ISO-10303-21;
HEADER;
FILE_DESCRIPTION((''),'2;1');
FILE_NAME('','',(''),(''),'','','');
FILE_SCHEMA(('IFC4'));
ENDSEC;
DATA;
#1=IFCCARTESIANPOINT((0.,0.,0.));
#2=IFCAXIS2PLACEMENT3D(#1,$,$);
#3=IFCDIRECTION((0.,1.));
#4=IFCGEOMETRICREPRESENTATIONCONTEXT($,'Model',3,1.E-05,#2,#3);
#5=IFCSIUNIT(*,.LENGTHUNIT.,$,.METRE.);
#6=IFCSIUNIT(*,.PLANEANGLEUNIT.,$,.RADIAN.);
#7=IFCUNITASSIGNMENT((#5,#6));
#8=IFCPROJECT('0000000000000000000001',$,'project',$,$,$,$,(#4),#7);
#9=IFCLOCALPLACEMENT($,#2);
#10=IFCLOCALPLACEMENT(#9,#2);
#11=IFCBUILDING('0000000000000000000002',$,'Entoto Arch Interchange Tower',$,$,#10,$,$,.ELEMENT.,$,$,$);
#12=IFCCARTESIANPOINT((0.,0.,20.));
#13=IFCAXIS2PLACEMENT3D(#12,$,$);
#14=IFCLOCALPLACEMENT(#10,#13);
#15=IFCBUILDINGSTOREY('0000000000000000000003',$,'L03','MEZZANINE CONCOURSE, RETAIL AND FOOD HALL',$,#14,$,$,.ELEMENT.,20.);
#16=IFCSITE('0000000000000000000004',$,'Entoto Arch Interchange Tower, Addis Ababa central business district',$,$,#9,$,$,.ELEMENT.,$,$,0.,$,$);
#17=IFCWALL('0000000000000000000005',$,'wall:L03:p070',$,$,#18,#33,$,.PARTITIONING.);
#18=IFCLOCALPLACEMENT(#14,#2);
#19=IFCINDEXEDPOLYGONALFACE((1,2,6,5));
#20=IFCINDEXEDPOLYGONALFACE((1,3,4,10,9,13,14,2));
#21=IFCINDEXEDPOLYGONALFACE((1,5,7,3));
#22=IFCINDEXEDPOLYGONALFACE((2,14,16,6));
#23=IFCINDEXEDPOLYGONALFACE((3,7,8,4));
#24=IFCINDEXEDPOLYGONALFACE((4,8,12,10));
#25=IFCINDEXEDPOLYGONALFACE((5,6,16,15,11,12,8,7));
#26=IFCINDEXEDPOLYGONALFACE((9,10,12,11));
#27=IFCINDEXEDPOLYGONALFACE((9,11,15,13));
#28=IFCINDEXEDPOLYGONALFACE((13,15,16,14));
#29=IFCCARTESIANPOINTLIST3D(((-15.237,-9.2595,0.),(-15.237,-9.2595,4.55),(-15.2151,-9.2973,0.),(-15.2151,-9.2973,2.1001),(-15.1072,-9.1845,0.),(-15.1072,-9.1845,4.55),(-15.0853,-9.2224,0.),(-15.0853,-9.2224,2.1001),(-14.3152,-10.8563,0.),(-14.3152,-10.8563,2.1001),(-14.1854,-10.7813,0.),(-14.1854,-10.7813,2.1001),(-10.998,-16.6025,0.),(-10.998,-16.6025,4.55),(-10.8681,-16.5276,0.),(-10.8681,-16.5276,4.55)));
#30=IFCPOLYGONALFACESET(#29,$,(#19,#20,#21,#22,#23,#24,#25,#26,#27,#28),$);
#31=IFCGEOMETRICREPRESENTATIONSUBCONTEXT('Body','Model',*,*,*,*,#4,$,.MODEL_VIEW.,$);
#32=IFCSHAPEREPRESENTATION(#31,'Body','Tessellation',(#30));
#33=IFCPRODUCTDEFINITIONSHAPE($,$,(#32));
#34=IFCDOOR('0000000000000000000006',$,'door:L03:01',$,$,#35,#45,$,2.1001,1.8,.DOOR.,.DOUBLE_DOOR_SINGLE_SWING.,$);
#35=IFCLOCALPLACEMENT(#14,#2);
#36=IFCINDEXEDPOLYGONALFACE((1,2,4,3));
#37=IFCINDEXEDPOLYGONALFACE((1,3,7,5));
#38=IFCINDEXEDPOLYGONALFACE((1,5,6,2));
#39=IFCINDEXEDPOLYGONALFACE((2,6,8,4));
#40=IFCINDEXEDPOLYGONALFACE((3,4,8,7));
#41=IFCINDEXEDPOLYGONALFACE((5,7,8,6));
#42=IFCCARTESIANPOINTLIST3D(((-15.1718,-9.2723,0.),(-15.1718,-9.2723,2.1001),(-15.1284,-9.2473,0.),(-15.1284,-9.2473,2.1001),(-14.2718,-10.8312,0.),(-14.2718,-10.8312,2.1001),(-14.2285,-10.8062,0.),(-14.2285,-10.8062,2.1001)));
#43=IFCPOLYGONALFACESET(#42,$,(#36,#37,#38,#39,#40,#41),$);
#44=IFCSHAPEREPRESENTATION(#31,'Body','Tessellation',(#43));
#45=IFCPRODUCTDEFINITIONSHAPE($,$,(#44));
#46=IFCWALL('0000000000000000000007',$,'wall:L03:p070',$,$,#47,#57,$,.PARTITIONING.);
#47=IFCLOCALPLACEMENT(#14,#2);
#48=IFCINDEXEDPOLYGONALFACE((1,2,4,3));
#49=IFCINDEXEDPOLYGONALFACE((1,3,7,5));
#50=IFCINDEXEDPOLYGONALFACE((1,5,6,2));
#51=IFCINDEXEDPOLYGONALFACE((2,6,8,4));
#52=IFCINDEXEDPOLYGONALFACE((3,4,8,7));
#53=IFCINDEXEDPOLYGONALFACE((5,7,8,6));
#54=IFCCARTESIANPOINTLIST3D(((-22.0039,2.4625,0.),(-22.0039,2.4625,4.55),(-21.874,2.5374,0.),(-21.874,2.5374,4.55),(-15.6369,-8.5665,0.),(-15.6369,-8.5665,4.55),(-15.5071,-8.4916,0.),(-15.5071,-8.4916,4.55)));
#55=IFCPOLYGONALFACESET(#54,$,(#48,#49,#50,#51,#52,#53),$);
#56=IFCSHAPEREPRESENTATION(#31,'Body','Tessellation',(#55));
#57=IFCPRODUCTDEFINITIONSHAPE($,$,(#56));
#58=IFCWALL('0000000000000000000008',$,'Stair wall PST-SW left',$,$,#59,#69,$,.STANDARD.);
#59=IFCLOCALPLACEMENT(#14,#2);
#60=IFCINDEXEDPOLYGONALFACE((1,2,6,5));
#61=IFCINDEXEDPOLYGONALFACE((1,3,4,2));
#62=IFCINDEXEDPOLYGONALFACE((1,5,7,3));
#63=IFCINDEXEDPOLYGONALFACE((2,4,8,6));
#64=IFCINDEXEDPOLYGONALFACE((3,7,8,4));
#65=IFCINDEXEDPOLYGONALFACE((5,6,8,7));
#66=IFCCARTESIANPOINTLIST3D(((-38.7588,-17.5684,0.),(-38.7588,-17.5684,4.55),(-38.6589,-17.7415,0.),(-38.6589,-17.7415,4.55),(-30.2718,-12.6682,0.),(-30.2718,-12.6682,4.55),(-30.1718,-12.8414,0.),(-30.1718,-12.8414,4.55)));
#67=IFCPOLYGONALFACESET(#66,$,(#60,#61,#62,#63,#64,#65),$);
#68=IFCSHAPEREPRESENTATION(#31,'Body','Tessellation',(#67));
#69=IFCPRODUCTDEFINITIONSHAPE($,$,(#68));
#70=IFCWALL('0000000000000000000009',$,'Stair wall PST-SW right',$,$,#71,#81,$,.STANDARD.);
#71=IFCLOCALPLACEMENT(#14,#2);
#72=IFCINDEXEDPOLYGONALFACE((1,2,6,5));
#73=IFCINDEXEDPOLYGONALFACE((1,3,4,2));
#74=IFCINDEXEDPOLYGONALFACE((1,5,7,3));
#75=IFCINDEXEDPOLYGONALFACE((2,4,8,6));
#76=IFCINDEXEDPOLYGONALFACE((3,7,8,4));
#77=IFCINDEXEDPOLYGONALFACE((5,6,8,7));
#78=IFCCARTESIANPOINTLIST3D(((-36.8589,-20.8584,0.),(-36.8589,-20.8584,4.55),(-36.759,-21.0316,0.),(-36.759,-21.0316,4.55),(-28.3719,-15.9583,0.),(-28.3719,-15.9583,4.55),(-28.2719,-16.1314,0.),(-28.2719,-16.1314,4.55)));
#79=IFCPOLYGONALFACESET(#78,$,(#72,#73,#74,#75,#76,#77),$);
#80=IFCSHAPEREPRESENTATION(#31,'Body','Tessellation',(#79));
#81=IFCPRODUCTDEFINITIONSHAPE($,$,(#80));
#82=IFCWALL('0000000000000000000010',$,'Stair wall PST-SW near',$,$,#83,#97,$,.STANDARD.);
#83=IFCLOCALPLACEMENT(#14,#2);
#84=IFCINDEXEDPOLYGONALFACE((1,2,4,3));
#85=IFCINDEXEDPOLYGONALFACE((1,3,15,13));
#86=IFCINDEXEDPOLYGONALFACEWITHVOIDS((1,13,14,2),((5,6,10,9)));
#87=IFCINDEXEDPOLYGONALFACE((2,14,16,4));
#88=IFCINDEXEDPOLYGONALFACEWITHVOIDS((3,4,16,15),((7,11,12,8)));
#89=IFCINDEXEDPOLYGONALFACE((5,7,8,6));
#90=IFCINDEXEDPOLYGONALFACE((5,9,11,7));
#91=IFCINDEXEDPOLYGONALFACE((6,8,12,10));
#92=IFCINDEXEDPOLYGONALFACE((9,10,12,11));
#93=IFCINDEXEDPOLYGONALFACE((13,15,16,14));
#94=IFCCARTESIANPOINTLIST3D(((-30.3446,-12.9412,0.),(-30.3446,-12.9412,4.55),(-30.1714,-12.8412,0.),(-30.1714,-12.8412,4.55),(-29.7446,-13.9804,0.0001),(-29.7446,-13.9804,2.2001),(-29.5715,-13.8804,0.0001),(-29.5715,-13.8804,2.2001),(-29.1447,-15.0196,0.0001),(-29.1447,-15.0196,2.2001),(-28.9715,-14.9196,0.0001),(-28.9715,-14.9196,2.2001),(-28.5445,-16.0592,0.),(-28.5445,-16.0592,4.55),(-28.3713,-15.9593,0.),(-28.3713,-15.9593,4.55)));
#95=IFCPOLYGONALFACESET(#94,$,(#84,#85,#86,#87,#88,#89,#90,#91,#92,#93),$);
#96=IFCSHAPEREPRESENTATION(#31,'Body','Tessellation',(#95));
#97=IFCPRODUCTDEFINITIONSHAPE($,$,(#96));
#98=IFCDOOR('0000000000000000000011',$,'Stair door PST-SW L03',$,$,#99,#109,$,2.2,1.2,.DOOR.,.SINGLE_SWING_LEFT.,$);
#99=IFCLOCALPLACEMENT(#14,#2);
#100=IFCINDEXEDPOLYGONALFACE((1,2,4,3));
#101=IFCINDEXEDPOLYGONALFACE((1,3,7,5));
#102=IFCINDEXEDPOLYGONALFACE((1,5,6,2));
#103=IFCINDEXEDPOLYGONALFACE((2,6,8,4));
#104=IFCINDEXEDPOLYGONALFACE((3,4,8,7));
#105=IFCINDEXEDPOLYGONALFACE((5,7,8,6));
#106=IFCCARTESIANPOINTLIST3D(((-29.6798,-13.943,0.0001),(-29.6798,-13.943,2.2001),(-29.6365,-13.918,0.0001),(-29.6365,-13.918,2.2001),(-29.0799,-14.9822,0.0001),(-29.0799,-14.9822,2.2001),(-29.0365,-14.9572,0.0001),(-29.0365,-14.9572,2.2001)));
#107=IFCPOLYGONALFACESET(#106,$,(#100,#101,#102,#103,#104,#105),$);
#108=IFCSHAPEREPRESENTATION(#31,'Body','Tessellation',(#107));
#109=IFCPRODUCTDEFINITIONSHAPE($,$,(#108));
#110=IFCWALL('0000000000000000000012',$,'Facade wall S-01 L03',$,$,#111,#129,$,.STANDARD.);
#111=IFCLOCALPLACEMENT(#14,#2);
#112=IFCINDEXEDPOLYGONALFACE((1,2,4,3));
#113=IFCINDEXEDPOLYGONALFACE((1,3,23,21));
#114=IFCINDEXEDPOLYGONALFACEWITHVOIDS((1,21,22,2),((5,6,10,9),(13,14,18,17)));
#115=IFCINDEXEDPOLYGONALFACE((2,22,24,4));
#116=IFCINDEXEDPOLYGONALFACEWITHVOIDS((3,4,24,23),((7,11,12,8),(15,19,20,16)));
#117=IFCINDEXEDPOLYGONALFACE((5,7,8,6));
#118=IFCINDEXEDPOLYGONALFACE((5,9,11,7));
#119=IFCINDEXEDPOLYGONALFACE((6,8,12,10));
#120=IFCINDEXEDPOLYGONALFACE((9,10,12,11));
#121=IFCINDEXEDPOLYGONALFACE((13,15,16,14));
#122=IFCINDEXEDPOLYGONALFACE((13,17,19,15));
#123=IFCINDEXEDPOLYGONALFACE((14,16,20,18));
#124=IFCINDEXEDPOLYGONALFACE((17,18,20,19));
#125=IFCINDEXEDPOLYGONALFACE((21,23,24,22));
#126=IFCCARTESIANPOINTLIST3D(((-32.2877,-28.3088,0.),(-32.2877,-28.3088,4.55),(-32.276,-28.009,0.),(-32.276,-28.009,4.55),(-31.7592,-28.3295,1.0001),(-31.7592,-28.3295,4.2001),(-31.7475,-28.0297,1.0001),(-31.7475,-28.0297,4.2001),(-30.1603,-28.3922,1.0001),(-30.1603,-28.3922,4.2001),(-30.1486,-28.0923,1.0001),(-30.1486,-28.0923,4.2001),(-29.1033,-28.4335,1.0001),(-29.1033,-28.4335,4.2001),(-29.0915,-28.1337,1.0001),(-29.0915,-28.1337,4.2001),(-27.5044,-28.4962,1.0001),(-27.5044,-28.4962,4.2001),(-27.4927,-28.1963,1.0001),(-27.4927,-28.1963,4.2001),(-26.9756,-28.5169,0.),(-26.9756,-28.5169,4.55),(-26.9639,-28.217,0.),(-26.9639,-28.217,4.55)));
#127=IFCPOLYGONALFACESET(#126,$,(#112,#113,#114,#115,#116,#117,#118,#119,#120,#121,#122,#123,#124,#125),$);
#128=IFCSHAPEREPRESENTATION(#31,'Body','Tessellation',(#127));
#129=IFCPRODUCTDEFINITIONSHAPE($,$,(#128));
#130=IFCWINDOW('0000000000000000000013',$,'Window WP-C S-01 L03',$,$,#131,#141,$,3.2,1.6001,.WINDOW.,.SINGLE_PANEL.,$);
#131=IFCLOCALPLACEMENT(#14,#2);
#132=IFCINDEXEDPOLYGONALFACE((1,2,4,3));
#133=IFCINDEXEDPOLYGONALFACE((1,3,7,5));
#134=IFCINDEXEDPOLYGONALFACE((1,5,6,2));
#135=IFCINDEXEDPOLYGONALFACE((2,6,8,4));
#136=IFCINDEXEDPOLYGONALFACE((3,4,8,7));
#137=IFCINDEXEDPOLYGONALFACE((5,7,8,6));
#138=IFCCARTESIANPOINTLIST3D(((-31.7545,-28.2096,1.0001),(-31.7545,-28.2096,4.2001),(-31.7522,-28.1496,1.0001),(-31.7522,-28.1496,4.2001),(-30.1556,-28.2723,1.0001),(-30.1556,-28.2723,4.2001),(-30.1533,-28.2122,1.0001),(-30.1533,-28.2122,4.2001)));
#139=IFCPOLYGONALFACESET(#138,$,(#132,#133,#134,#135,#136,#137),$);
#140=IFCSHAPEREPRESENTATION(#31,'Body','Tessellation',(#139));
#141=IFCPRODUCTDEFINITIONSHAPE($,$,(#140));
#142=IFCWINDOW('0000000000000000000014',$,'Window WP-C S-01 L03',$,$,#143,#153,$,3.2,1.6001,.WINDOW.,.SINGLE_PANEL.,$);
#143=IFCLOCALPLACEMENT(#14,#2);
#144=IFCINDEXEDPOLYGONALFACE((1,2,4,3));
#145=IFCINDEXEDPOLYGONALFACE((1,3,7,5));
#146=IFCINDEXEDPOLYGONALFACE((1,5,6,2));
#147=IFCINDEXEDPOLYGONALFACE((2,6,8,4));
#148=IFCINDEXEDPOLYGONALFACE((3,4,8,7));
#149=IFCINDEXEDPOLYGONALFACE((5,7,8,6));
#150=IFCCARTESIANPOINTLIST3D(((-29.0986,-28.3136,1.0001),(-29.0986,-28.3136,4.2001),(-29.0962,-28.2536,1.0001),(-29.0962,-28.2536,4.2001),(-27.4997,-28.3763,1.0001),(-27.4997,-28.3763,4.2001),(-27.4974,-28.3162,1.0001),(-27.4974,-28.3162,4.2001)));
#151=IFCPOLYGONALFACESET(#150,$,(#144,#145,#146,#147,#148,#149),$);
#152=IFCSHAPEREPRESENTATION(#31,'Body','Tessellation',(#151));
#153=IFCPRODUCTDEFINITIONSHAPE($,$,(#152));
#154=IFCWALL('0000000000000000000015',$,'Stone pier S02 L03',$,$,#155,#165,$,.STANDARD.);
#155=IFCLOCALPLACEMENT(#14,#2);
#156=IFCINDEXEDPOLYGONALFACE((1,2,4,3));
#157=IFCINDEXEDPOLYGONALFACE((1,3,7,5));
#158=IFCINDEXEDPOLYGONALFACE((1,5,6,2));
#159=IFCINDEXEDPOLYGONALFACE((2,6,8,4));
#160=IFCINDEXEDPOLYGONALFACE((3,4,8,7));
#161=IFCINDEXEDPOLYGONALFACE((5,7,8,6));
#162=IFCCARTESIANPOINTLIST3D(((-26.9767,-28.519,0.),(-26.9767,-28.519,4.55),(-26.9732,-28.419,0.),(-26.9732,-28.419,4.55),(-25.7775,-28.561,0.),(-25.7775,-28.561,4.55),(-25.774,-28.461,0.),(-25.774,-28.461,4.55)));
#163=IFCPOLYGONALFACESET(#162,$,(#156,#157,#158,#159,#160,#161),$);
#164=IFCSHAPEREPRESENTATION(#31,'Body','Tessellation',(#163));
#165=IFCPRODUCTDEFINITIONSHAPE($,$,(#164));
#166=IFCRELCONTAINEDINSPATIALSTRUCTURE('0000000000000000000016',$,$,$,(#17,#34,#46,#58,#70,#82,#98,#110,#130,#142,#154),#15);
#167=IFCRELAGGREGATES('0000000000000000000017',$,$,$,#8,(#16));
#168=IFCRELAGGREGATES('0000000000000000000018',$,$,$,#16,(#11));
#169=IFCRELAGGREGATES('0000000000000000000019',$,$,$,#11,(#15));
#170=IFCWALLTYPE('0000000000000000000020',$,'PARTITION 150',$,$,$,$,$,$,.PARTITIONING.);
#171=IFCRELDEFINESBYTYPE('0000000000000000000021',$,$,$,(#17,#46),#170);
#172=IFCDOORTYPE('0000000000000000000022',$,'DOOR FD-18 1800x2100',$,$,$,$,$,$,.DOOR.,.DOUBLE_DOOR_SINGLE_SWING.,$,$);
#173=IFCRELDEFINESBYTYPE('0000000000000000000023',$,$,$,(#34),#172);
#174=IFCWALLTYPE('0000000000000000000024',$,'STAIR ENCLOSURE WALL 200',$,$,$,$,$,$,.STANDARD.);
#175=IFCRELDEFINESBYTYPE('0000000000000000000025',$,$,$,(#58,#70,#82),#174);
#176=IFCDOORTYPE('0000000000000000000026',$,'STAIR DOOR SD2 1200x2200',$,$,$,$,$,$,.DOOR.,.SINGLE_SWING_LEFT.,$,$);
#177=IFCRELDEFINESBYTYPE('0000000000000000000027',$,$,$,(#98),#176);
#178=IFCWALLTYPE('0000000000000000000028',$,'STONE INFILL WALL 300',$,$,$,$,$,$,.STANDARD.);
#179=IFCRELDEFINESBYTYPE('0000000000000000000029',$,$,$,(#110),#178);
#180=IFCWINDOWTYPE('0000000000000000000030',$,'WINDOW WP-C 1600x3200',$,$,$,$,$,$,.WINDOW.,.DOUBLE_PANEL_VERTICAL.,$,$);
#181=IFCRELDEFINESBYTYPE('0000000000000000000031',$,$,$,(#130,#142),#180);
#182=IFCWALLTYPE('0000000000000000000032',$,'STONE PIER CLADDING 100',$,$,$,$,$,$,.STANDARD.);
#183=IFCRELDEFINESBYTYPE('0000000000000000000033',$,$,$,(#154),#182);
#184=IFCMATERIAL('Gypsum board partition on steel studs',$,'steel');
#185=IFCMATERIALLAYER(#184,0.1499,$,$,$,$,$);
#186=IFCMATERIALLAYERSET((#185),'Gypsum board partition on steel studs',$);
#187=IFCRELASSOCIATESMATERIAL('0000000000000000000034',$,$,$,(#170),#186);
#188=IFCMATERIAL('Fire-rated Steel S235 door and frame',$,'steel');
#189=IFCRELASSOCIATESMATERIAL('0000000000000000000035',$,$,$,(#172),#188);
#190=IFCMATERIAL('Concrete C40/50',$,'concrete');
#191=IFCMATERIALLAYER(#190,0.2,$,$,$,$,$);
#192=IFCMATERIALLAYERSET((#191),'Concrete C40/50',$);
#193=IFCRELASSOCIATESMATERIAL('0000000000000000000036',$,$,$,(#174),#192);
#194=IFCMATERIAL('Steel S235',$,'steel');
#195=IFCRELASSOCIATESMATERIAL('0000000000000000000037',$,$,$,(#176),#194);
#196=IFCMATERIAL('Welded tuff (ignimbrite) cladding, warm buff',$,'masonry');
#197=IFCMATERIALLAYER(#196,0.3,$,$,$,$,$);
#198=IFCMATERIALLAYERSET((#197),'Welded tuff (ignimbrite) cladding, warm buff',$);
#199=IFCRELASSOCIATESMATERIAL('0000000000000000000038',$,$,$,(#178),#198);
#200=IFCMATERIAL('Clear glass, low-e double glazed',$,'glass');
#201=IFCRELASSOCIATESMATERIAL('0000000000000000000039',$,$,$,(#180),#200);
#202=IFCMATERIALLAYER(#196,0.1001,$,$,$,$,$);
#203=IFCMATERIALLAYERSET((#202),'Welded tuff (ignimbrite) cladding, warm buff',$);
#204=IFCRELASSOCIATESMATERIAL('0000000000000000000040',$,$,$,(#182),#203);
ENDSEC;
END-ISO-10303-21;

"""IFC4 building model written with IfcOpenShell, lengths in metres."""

from ifc_helpers import new_model, si_unit, direction, frame, frame_2d, origin, place, context, subcontext, project, spatial, rectangle, extrude, material, layer, layer_set, type_object, element, fill, save


model = new_model("IFC4")

# Units and contexts
model_context = context("Model", 3, precision=1e-05, world=origin(), true_north=direction((0.0, 1.0)))
body_context = subcontext(model_context, "Body", "Model", "MODEL_VIEW")
ifc_project = project(units=[si_unit("LENGTHUNIT", "METRE"), si_unit("PLANEANGLEUNIT", "RADIAN")], contexts=[model_context])

# Site, building, storey
site_placement = place(None, origin())
site = spatial("IfcSite", under=ifc_project, at=site_placement, Name="Entoto Arch Interchange Tower, Addis Ababa central business district", CompositionType="ELEMENT", RefElevation=0.0)
building_placement = place(site_placement, origin())
building = spatial("IfcBuilding", under=site, at=building_placement, Name="Entoto Arch Interchange Tower", CompositionType="ELEMENT")
storey_placement = place(building_placement, frame((0.0, 0.0, 20.0)))
storey = spatial("IfcBuildingStorey", under=building, at=storey_placement, Name="L03", Description="MEZZANINE CONCOURSE, RETAIL AND FOOD HALL", CompositionType="ELEMENT", Elevation=20.0)

# Shared definitions
ifc_material_1 = material(Name="Gypsum board partition on steel studs", Category="steel")
ifc_layer_1 = layer(ifc_material_1, 0.1499)
ifc_layer_set_1 = layer_set([ifc_layer_1], Name="Gypsum board partition on steel studs")
wall_type_1 = type_object("IfcWallType", Name="PARTITION 150", PredefinedType="PARTITIONING", material=ifc_layer_set_1)

# Wall, opening, door
wall_1_placement = place(storey_placement, frame((-10.9331, -16.5649, 0.0), z_axis=(0.0, 0.0, 1.0), x_axis=(-0.499958, 0.86605, 0.0)))
wall_1 = element("IfcWall", 1, at=wall_1_placement, inside=storey, type_object=wall_type_1, Name="wall:L03:p070", PredefinedType="PARTITIONING", context=body_context, shape_type="SweptSolid", body=[
    extrude(rectangle(XDim=8.4788, YDim=0.1499, at=frame_2d((4.2393, 0.0))), origin(), (0.0, 0.0, 1.0), 4.55),
])
opening_1_placement = place(wall_1_placement, frame((6.635, 0.0, 0.0)))
opening_1 = element("IfcOpeningElement", 2, at=opening_1_placement, cuts=wall_1, PredefinedType="OPENING", context=body_context, shape_type="SweptSolid", body=[
    extrude(rectangle(XDim=1.8, YDim=2.1001, at=frame_2d((0.8999, 1.05))), frame((0.0, 0.085, 0.0), z_axis=(0.0, -1.0, 0.0), x_axis=(1.0, 0.0, 0.0)), (0.0, 0.0, 1.0), 0.1699),
])
ifc_material_2 = material(Name="Fire-rated Steel S235 door and frame", Category="steel")
door_type_1 = type_object("IfcDoorType", Name="DOOR FD-18 1800x2100", OperationType="DOUBLE_DOOR_SINGLE_SWING", PredefinedType="DOOR", material=ifc_material_2)
door_1_placement = place(opening_1_placement, origin())
door_1 = element("IfcDoor", 3, at=door_1_placement, inside=storey, type_object=door_type_1, Name="door:L03:01", OperationType="DOUBLE_DOOR_SINGLE_SWING", OverallHeight=2.1001, OverallWidth=1.8, PredefinedType="DOOR", context=body_context, shape_type="SweptSolid", body=[
    extrude(rectangle(XDim=1.8, YDim=2.1001, at=frame_2d((0.8999, 1.05))), frame((0.0, 0.0249, 0.0), z_axis=(0.0, -1.0, 0.0), x_axis=(1.0, 0.0, 0.0)), (0.0, 0.0, 1.0), 0.05),
])
fill(opening_1, door_1)

# Walls
wall_2_placement = place(storey_placement, frame((-15.572, -8.5291, 0.0), z_axis=(0.0, 0.0, 1.0), x_axis=(-0.49996, 0.866049, 0.0)))
element("IfcWall", 4, at=wall_2_placement, inside=storey, type_object=wall_type_1, Name="wall:L03:p070", PredefinedType="PARTITIONING", context=body_context, shape_type="SweptSolid", body=[
    extrude(rectangle(XDim=12.7349, YDim=0.1499, at=frame_2d((6.3674, 0.0))), origin(), (0.0, 0.0, 1.0), 4.55),
])
ifc_material_3 = material(Name="Concrete C40/50", Category="concrete")
ifc_layer_2 = layer(ifc_material_3, 0.2)
ifc_layer_set_2 = layer_set([ifc_layer_2], Name="Concrete C40/50")
wall_type_2 = type_object("IfcWallType", Name="STAIR ENCLOSURE WALL 200", PredefinedType="STANDARD", material=ifc_layer_set_2)
for number, where, z_axis, x_axis, name in (
    (5, (-30.2219, -12.7549, 0.0), (0.0, 0.0, 1.0), (-0.866019, -0.500011, 0.0), "Stair wall PST-SW left"),
    (6, (-28.322, -16.0449, 0.0), (0.0, 0.0, 1.0), (-0.866019, -0.500011, 0.0), "Stair wall PST-SW right"),
):
    element("IfcWall", number, at=place(storey_placement, frame(where, z_axis=z_axis, x_axis=x_axis)), inside=storey, type_object=wall_type_2, Name=name, PredefinedType="STANDARD", context=body_context, shape_type="SweptSolid", body=[
        extrude(rectangle(XDim=9.8, YDim=0.2, at=frame_2d((4.8999, 0.0))), origin(), (0.0, 0.0, 1.0), 4.55),
    ])

# Wall, opening, door
wall_3_placement = place(storey_placement, frame((-30.2581, -12.8911, 0.0), z_axis=(0.0, 0.0, 1.0), x_axis=(0.499983, -0.866035, 0.0)))
wall_3 = element("IfcWall", 7, at=wall_3_placement, inside=storey, type_object=wall_type_2, Name="Stair wall PST-SW near", PredefinedType="STANDARD", context=body_context, shape_type="SweptSolid", body=[
    extrude(rectangle(XDim=3.6003, YDim=0.2, at=frame_2d((1.8003, 0.0))), origin(), (0.0, 0.0, 1.0), 4.55),
])
opening_2_placement = place(wall_3_placement, frame((1.2, 0.0, 0.0)))
opening_2 = element("IfcOpeningElement", 8, at=opening_2_placement, cuts=wall_3, PredefinedType="OPENING", context=body_context, shape_type="SweptSolid", body=[
    extrude(rectangle(XDim=1.2, YDim=2.2, at=frame_2d((0.6001, 1.1001))), frame((0.0, 0.1099, 0.0), z_axis=(0.0, -1.0, 0.0), x_axis=(1.0, 0.0, 0.0)), (0.0, 0.0, 1.0), 0.22),
])
ifc_material_4 = material(Name="Steel S235", Category="steel")
door_type_2 = type_object("IfcDoorType", Name="STAIR DOOR SD2 1200x2200", OperationType="SINGLE_SWING_LEFT", PredefinedType="DOOR", material=ifc_material_4)
door_2_placement = place(opening_2_placement, origin())
door_2 = element("IfcDoor", 9, at=door_2_placement, inside=storey, type_object=door_type_2, Name="Stair door PST-SW L03", OperationType="SINGLE_SWING_LEFT", OverallHeight=2.2, OverallWidth=1.2, PredefinedType="DOOR", context=body_context, shape_type="SweptSolid", body=[
    extrude(rectangle(XDim=1.2, YDim=2.2, at=frame_2d((0.6001, 1.1001))), frame((0.0, 0.0249, 0.0), z_axis=(0.0, -1.0, 0.0), x_axis=(1.0, 0.0, 0.0)), (0.0, 0.0, 1.0), 0.05),
])
fill(opening_2, door_2)

# Wall, openings, windows
ifc_material_5 = material(Name="Welded tuff (ignimbrite) cladding, warm buff", Category="masonry")
ifc_layer_3 = layer(ifc_material_5, 0.3)
ifc_layer_set_3 = layer_set([ifc_layer_3], Name="Welded tuff (ignimbrite) cladding, warm buff")
wall_type_3 = type_object("IfcWallType", Name="STONE INFILL WALL 300", PredefinedType="STANDARD", material=ifc_layer_set_3)
wall_4_placement = place(storey_placement, frame((-32.282, -28.1589, 0.0), z_axis=(0.0, 0.0, 1.0), x_axis=(0.999234, -0.039128, 0.0)))
wall_4 = element("IfcWall", 10, at=wall_4_placement, inside=storey, type_object=wall_type_3, Name="Facade wall S-01 L03", PredefinedType="STANDARD", context=body_context, shape_type="SweptSolid", body=[
    extrude(rectangle(XDim=5.3162, YDim=0.3, at=frame_2d((2.6582, 0.0))), origin(), (0.0, 0.0, 1.0), 4.55),
])
opening_3_placement = place(wall_4_placement, frame((0.5291, 0.0, 1.0)))
opening_3 = element("IfcOpeningElement", 11, at=opening_3_placement, cuts=wall_4, PredefinedType="OPENING", context=body_context, shape_type="SweptSolid", body=[
    extrude(rectangle(XDim=1.6001, YDim=3.2, at=frame_2d((0.8, 1.6001))), frame((0.0, 0.1602, 0.0), z_axis=(0.0, -1.0, 0.0), x_axis=(1.0, 0.0, 0.0)), (0.0, 0.0, 1.0), 0.3201),
])
opening_4_placement = place(wall_4_placement, frame((3.187, 0.0, 1.0)))
opening_4 = element("IfcOpeningElement", 12, at=opening_4_placement, cuts=wall_4, PredefinedType="OPENING", context=body_context, shape_type="SweptSolid", body=[
    extrude(rectangle(XDim=1.6001, YDim=3.2, at=frame_2d((0.8, 1.6001))), frame((0.0, 0.1602, 0.0), z_axis=(0.0, -1.0, 0.0), x_axis=(1.0, 0.0, 0.0)), (0.0, 0.0, 1.0), 0.3201),
])
ifc_material_6 = material(Name="Clear glass, low-e double glazed", Category="glass")
window_type = type_object("IfcWindowType", Name="WINDOW WP-C 1600x3200", PartitioningType="DOUBLE_PANEL_VERTICAL", PredefinedType="WINDOW", material=ifc_material_6)
window_1_placement = place(opening_3_placement, origin())
window_1 = element("IfcWindow", 13, at=window_1_placement, inside=storey, type_object=window_type, Name="Window WP-C S-01 L03", OverallHeight=3.2, OverallWidth=1.6001, PartitioningType="SINGLE_PANEL", PredefinedType="WINDOW", context=body_context, shape_type="SweptSolid", body=[
    extrude(rectangle(XDim=1.6001, YDim=3.2, at=frame_2d((0.8, 1.6001))), frame((0.0, 0.03, 0.0), z_axis=(0.0, -1.0, 0.0), x_axis=(1.0, 0.0, 0.0)), (0.0, 0.0, 1.0), 0.0601),
])
fill(opening_3, window_1)
window_2_placement = place(opening_4_placement, origin())
window_2 = element("IfcWindow", 14, at=window_2_placement, inside=storey, type_object=window_type, Name="Window WP-C S-01 L03", OverallHeight=3.2, OverallWidth=1.6001, PartitioningType="SINGLE_PANEL", PredefinedType="WINDOW", context=body_context, shape_type="SweptSolid", body=[
    extrude(rectangle(XDim=1.6001, YDim=3.2, at=frame_2d((0.8, 1.6001))), frame((0.0, 0.03, 0.0), z_axis=(0.0, -1.0, 0.0), x_axis=(1.0, 0.0, 0.0)), (0.0, 0.0, 1.0), 0.0601),
])
fill(opening_4, window_2)

# Wall
ifc_layer_4 = layer(ifc_material_5, 0.1001)
ifc_layer_set_4 = layer_set([ifc_layer_4], Name="Welded tuff (ignimbrite) cladding, warm buff")
wall_type_4 = type_object("IfcWallType", Name="STONE PIER CLADDING 100", PredefinedType="STANDARD", material=ifc_layer_set_4)
wall_5_placement = place(storey_placement, frame((-26.9751, -28.469, 0.0), z_axis=(0.0, 0.0, 1.0), x_axis=(0.999387, -0.034995, 0.0)))
element("IfcWall", 15, at=wall_5_placement, inside=storey, type_object=wall_type_4, Name="Stone pier S02 L03", PredefinedType="STANDARD", context=body_context, shape_type="SweptSolid", body=[
    extrude(rectangle(XDim=1.2, YDim=0.1001, at=frame_2d((0.6001, 0.0))), origin(), (0.0, 0.0, 1.0), 4.55),
])

save(model, "model.ifc")
